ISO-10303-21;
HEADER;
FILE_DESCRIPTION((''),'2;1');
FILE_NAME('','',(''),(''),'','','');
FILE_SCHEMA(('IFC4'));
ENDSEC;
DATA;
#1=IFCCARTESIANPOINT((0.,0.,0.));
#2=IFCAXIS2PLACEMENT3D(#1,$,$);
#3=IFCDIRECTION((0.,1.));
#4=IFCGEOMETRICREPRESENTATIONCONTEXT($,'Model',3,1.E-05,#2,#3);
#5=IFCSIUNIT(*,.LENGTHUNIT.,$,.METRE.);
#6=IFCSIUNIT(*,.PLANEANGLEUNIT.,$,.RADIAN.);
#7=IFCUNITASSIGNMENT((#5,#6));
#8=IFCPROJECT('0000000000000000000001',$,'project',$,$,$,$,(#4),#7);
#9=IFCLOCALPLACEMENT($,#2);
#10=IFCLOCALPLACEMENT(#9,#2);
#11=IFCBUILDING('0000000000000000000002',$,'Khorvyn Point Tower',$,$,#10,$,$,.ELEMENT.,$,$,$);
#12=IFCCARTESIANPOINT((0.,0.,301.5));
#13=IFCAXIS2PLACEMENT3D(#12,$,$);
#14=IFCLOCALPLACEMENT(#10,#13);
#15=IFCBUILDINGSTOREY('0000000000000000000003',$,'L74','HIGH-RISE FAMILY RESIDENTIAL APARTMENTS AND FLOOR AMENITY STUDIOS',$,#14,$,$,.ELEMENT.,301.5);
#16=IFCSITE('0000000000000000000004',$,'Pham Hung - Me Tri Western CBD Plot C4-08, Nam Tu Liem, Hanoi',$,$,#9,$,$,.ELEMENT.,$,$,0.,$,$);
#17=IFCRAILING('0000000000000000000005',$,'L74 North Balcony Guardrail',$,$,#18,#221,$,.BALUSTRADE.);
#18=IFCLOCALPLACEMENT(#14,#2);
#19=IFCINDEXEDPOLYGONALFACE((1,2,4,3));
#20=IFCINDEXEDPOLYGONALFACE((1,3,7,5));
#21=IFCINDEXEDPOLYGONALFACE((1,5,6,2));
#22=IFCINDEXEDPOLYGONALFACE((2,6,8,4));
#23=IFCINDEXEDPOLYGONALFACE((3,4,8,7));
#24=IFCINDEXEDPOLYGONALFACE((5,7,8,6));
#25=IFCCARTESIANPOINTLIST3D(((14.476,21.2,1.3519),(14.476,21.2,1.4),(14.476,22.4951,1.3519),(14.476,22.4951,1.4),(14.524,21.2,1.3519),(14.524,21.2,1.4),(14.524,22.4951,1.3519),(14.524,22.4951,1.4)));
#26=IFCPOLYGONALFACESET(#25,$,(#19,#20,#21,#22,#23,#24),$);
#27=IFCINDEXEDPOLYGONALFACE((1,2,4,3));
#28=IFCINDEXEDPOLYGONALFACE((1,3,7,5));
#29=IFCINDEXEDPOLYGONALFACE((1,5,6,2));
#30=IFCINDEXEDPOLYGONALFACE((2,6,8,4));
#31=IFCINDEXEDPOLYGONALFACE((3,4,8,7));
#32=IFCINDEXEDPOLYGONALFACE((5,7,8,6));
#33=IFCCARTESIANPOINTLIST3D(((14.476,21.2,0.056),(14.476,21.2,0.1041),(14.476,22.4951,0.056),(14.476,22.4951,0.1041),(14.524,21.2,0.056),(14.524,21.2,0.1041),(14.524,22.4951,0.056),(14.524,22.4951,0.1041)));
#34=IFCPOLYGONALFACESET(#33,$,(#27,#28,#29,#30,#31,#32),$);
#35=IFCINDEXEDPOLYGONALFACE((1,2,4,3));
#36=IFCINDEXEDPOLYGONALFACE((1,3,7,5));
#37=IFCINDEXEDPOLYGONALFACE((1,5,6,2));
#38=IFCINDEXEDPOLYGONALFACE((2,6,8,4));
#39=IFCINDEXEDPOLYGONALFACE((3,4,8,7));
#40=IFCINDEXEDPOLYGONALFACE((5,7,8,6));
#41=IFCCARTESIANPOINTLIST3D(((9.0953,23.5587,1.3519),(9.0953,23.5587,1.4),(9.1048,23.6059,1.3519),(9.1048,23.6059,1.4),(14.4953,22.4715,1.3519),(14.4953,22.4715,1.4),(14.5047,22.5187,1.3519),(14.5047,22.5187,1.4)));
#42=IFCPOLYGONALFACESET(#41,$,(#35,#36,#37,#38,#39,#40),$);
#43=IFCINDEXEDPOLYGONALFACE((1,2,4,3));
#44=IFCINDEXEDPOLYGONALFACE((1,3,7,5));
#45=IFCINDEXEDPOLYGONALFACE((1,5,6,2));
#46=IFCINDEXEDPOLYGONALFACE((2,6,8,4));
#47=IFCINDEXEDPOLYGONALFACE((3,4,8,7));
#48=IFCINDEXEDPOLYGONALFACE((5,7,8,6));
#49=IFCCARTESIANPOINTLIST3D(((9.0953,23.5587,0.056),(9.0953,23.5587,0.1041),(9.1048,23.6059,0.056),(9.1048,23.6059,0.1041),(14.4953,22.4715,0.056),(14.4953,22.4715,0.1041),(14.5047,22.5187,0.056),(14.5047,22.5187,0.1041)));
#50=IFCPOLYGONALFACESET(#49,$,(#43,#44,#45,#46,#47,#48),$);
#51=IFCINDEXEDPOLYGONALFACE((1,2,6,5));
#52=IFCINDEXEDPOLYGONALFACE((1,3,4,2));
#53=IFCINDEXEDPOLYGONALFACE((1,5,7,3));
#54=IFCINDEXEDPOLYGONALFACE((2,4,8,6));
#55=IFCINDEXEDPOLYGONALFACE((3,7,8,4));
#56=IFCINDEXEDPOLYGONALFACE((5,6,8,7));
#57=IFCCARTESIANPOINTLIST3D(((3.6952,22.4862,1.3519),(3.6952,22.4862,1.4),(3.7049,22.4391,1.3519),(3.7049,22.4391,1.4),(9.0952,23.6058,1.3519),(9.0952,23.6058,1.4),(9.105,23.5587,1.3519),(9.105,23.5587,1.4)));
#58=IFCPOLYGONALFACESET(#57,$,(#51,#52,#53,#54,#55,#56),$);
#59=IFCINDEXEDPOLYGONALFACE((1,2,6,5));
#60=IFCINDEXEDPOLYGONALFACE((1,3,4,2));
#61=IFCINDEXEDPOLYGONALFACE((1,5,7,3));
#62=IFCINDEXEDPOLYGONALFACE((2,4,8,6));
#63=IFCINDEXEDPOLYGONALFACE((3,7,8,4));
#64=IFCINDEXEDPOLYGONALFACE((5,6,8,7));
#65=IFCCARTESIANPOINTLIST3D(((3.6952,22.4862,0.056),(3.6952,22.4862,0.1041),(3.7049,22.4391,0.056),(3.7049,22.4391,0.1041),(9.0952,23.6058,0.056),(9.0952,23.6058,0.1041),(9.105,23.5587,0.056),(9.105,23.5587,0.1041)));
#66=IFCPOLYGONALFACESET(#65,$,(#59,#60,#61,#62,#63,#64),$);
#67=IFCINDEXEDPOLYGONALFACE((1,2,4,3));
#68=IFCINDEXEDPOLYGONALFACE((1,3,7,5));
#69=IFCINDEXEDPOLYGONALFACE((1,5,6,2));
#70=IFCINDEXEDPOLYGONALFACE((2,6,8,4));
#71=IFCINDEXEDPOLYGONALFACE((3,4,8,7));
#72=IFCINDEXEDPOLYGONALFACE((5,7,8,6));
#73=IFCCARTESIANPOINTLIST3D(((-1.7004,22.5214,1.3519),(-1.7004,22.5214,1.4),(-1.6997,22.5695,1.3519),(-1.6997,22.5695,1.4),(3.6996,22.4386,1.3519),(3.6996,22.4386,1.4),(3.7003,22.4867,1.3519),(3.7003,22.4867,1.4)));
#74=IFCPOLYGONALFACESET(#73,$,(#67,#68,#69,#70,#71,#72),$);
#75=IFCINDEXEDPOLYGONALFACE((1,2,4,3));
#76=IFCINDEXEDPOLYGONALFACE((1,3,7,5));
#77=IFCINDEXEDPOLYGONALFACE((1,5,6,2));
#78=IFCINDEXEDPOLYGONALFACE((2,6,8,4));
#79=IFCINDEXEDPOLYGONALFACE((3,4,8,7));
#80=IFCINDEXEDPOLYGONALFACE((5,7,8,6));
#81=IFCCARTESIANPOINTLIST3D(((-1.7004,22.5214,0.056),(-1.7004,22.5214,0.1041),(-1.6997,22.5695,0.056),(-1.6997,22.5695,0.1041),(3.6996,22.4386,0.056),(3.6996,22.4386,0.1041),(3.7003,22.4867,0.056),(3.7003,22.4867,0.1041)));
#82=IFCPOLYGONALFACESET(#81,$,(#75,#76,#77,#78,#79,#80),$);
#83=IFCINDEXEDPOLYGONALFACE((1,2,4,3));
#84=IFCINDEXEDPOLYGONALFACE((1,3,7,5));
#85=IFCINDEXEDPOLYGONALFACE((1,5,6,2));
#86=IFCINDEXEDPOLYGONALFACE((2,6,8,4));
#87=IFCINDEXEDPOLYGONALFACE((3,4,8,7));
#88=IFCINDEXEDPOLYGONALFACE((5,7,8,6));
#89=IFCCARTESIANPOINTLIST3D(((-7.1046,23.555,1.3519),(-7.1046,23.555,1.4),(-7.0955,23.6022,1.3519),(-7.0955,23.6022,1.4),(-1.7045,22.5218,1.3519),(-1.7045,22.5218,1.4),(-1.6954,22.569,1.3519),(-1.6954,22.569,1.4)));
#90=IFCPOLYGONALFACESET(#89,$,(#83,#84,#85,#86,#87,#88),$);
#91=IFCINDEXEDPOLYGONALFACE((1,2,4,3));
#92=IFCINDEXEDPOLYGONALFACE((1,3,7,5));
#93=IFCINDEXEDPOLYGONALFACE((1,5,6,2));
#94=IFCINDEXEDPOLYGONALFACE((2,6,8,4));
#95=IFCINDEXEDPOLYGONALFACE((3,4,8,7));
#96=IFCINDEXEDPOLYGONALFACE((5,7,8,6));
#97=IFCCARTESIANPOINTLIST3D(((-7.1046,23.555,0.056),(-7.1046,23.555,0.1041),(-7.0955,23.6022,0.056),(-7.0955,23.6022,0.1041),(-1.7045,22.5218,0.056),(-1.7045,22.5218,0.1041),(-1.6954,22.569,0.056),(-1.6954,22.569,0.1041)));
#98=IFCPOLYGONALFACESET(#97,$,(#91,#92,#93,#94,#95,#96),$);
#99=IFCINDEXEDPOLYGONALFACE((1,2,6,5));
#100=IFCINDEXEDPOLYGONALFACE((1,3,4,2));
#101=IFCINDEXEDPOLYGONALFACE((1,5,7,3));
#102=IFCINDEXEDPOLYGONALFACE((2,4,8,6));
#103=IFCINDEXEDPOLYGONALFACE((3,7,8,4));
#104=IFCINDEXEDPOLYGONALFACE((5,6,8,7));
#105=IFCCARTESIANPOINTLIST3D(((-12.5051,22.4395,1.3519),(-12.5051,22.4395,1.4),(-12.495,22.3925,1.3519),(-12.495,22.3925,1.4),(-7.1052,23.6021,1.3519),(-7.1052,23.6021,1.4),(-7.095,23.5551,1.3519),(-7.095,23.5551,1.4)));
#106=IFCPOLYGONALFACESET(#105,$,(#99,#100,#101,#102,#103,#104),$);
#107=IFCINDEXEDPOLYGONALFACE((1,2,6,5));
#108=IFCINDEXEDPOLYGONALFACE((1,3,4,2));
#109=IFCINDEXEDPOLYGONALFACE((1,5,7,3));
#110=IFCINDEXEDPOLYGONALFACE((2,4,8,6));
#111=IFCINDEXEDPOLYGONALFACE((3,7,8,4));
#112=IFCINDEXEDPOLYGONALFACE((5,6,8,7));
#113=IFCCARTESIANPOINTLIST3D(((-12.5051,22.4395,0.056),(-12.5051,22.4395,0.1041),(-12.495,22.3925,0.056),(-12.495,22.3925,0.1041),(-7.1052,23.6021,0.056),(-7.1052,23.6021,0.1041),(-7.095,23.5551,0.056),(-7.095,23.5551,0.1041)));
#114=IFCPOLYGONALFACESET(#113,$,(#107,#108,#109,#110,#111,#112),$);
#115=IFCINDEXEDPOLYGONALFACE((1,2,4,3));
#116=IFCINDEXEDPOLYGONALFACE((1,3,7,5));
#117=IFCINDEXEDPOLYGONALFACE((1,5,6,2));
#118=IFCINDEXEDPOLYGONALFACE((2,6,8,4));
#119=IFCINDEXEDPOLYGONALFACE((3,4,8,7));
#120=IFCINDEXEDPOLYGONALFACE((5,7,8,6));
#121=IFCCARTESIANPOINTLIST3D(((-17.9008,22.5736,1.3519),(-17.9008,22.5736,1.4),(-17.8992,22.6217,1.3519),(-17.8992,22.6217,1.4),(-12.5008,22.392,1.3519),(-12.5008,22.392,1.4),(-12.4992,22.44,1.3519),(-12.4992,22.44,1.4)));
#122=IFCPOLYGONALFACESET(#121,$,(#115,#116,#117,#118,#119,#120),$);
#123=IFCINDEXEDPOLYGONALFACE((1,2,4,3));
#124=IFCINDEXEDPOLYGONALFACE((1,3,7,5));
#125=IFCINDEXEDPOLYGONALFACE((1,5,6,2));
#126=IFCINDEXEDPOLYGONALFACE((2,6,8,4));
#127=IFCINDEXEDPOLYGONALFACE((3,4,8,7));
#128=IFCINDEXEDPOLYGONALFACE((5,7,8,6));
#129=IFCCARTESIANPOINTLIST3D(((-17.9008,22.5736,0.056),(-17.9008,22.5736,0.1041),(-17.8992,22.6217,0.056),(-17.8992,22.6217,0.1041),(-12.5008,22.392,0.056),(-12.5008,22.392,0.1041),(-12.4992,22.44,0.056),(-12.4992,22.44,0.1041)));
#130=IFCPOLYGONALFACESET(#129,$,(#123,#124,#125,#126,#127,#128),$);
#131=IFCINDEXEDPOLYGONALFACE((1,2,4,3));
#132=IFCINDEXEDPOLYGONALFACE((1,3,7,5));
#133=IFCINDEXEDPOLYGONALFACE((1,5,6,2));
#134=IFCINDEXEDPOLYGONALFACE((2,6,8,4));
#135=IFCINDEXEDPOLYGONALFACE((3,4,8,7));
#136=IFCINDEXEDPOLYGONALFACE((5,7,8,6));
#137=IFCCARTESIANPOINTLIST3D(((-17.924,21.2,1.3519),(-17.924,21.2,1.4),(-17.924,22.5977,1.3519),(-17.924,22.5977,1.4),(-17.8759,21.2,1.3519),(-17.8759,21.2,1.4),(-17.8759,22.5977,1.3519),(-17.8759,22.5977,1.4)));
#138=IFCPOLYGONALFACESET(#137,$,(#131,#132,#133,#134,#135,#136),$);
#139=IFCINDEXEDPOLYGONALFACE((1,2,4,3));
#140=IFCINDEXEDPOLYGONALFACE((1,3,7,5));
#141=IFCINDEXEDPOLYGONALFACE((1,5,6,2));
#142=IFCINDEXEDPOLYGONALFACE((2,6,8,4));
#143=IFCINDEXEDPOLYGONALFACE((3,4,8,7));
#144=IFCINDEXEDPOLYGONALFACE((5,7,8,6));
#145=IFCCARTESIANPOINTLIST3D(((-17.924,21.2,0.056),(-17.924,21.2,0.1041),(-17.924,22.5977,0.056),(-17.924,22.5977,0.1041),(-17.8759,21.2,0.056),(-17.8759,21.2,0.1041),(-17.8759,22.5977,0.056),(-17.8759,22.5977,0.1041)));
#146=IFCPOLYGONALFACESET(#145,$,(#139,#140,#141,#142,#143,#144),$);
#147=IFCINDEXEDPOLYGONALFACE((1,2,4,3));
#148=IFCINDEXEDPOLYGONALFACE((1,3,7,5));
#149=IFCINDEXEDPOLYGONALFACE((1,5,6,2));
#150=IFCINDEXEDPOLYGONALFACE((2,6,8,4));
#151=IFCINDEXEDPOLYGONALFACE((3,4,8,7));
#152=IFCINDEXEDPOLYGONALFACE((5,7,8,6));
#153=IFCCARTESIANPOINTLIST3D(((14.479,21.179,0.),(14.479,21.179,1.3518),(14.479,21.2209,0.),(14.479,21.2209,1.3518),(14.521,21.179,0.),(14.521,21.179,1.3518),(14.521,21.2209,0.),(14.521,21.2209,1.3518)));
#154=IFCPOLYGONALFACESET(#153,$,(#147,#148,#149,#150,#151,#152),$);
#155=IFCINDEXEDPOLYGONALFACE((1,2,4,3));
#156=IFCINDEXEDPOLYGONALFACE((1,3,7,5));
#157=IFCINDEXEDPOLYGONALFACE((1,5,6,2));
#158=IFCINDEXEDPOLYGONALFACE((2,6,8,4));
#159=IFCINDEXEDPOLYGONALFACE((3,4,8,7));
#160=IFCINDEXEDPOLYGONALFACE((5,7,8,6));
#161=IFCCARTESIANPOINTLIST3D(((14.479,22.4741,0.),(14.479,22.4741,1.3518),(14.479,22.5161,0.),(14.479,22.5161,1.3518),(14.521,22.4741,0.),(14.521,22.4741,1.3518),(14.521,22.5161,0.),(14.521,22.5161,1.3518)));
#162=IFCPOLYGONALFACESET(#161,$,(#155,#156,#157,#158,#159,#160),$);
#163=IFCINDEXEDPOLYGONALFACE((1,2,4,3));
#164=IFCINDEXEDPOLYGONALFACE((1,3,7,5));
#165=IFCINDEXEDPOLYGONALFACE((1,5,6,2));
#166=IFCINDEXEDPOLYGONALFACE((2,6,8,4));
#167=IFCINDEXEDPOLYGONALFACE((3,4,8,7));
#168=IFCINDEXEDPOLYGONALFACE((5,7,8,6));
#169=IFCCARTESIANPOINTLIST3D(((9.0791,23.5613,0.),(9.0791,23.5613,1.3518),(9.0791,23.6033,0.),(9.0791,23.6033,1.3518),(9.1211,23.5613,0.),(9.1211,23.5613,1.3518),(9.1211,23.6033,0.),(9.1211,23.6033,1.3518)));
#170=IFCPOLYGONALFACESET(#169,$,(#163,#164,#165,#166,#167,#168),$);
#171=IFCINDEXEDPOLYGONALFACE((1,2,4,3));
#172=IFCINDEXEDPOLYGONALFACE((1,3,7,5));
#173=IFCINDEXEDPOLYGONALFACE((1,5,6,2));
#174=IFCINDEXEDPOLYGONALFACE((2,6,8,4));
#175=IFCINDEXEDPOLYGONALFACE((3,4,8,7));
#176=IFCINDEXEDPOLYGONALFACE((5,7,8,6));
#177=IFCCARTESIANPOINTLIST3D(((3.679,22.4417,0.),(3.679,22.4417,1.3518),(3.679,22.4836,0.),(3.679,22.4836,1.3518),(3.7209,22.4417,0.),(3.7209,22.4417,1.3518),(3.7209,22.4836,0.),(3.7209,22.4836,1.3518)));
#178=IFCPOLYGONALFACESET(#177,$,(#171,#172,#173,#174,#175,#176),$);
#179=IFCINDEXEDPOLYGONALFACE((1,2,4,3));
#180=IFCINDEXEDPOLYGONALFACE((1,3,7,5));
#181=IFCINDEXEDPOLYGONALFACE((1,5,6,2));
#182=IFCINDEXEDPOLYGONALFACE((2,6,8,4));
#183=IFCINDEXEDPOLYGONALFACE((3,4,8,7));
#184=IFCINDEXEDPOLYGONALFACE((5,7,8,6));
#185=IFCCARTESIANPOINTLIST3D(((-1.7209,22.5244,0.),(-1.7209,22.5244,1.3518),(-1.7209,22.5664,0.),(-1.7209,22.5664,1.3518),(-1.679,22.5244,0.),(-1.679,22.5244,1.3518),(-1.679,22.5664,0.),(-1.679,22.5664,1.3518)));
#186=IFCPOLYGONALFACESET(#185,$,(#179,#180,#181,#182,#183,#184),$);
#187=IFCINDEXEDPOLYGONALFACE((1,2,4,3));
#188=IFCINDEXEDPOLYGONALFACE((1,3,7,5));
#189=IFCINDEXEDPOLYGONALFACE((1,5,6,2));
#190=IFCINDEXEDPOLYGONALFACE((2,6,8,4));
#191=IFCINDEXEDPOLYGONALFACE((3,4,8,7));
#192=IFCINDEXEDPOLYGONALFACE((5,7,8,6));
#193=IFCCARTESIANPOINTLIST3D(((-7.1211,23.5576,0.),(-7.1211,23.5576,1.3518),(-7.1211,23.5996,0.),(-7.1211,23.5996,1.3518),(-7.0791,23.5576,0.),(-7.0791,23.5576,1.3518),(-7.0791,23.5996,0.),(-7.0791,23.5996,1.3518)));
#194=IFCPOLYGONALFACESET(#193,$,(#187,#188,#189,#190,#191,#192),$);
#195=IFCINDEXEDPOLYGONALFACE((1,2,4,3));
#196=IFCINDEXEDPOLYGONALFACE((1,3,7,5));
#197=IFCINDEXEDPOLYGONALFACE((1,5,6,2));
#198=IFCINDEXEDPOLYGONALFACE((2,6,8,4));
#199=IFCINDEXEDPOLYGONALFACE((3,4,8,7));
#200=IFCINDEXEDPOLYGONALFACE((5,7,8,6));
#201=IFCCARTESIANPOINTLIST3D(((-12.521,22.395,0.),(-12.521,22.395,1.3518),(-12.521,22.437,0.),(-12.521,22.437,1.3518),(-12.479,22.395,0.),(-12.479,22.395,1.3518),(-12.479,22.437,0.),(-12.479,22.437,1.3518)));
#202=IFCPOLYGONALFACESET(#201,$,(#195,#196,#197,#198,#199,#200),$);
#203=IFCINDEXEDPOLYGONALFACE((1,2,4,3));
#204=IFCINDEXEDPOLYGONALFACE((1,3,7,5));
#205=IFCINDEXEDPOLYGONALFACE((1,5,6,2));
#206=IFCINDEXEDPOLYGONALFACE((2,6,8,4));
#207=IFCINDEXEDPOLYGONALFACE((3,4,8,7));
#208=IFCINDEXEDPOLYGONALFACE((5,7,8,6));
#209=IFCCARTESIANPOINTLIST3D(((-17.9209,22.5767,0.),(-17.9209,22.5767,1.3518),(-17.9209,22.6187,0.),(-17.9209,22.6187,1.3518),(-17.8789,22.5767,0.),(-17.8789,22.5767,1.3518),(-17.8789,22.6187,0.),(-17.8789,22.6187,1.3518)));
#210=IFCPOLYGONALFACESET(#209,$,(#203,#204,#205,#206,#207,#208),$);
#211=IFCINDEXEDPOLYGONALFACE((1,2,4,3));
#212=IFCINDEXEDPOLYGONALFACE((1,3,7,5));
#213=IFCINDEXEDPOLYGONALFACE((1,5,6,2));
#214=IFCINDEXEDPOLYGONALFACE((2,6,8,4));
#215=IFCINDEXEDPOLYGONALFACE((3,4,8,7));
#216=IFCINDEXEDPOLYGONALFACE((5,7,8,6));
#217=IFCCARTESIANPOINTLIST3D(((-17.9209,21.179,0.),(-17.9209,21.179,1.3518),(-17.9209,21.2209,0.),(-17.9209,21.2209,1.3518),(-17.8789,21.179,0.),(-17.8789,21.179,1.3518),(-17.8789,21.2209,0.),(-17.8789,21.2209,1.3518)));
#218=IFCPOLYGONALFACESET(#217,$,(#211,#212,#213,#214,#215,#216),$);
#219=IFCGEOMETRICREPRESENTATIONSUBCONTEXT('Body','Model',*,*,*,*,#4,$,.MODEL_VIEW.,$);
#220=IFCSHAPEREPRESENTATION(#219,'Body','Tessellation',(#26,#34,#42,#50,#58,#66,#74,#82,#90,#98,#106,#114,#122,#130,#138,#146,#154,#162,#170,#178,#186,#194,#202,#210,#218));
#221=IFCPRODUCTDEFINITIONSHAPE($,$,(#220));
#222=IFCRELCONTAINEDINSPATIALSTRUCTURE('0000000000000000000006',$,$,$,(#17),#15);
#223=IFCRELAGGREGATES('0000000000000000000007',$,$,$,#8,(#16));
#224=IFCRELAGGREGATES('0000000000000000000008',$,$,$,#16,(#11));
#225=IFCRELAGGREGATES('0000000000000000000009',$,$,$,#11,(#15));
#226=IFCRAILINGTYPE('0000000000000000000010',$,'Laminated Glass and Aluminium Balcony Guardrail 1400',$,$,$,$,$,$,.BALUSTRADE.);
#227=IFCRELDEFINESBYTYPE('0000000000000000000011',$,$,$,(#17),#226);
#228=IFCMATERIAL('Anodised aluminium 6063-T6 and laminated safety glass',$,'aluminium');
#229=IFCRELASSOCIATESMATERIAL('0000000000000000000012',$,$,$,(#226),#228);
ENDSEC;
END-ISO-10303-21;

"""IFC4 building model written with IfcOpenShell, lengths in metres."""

from ifc_helpers import new_model, si_unit, direction, frame, origin, origin_2d, place, context, subcontext, project, spatial, rectangle, extrude, material, type_object, element, save


model = new_model("IFC4")

# Units and contexts
model_context = context("Model", 3, precision=1e-05, world=origin(), true_north=direction((0.0, 1.0)))
body_context = subcontext(model_context, "Body", "Model", "MODEL_VIEW")
ifc_project = project(units=[si_unit("LENGTHUNIT", "METRE"), si_unit("PLANEANGLEUNIT", "RADIAN")], contexts=[model_context])

# Site, building, storey
site_placement = place(None, origin())
site = spatial("IfcSite", under=ifc_project, at=site_placement, Name="Pham Hung - Me Tri Western CBD Plot C4-08, Nam Tu Liem, Hanoi", CompositionType="ELEMENT", RefElevation=0.0)
building_placement = place(site_placement, origin())
building = spatial("IfcBuilding", under=site, at=building_placement, Name="Khorvyn Point Tower", CompositionType="ELEMENT")
storey_placement = place(building_placement, frame((0.0, 0.0, 301.5)))
storey = spatial("IfcBuildingStorey", under=building, at=storey_placement, Name="L74", Description="HIGH-RISE FAMILY RESIDENTIAL APARTMENTS AND FLOOR AMENITY STUDIOS", CompositionType="ELEMENT", Elevation=301.5)

# Railing
ifc_material_1 = material(Name="Anodised aluminium 6063-T6 and laminated safety glass", Category="aluminium")
railing_type = type_object("IfcRailingType", Name="Laminated Glass and Aluminium Balcony Guardrail 1400", PredefinedType="BALUSTRADE", material=ifc_material_1)
railing_1_placement = place(storey_placement, frame((14.5, 21.2, 0.0)))
element("IfcRailing", 1, at=railing_1_placement, inside=storey, type_object=railing_type, Name="L74 North Balcony Guardrail", PredefinedType="BALUSTRADE", context=body_context, shape_type="SweptSolid", body=[
    extrude(rectangle(XDim=0.0481, YDim=0.0481, at=origin_2d()), frame((0.0, 0.0, 1.376), z_axis=(0.0, 1.0, 0.0), x_axis=(-1.0, 0.0, 0.0)), (0.0, 0.0, 1.0), 1.2952),
    extrude(rectangle(XDim=0.0481, YDim=0.0481, at=origin_2d()), frame((0.0, 0.0, 0.0801), z_axis=(0.0, 1.0, 0.0), x_axis=(-1.0, 0.0, 0.0)), (0.0, 0.0, 1.0), 1.2952),
    extrude(rectangle(XDim=0.0481, YDim=0.0481, at=origin_2d()), frame((0.0, 1.2952, 1.376), z_axis=(-0.980329, 0.197369, 0.0), x_axis=(-0.197369, -0.980329, 0.0)), (0.0, 0.0, 1.0), 5.5083),
    extrude(rectangle(XDim=0.0481, YDim=0.0481, at=origin_2d()), frame((0.0, 1.2952, 0.0801), z_axis=(-0.980329, 0.197369, 0.0), x_axis=(-0.197369, -0.980329, 0.0)), (0.0, 0.0, 1.0), 5.5083),
    extrude(rectangle(XDim=0.0481, YDim=0.0481, at=origin_2d()), frame((-5.3999, 2.3823, 1.376), z_axis=(-0.979176, -0.203015, 0.0), x_axis=(0.203015, -0.979176, 0.0)), (0.0, 0.0, 1.0), 5.5149),
    extrude(rectangle(XDim=0.0481, YDim=0.0481, at=origin_2d()), frame((-5.3999, 2.3823, 0.0801), z_axis=(-0.979176, -0.203015, 0.0), x_axis=(0.203015, -0.979176, 0.0)), (0.0, 0.0, 1.0), 5.5149),
    extrude(rectangle(XDim=0.0481, YDim=0.0481, at=origin_2d()), frame((-10.8, 1.2627, 1.376), z_axis=(-0.999883, 0.015325, 0.0), x_axis=(-0.015325, -0.999883, 0.0)), (0.0, 0.0, 1.0), 5.4006),
    extrude(rectangle(XDim=0.0481, YDim=0.0481, at=origin_2d()), frame((-10.8, 1.2627, 0.0801), z_axis=(-0.999883, 0.015325, 0.0), x_axis=(-0.015325, -0.999883, 0.0)), (0.0, 0.0, 1.0), 5.4006),
    extrude(rectangle(XDim=0.0481, YDim=0.0481, at=origin_2d()), frame((-16.2, 1.3455, 1.376), z_axis=(-0.982184, 0.18792, 0.0), x_axis=(-0.18792, -0.982184, 0.0)), (0.0, 0.0, 1.0), 5.498),
    extrude(rectangle(XDim=0.0481, YDim=0.0481, at=origin_2d()), frame((-16.2, 1.3455, 0.0801), z_axis=(-0.982184, 0.18792, 0.0), x_axis=(-0.18792, -0.982184, 0.0)), (0.0, 0.0, 1.0), 5.498),
    extrude(rectangle(XDim=0.0481, YDim=0.0481, at=origin_2d()), frame((-21.6001, 2.3787, 1.376), z_axis=(-0.977599, -0.210477, 0.0), x_axis=(0.210477, -0.977599, 0.0)), (0.0, 0.0, 1.0), 5.5237),
    extrude(rectangle(XDim=0.0481, YDim=0.0481, at=origin_2d()), frame((-21.6001, 2.3787, 0.0801), z_axis=(-0.977599, -0.210477, 0.0), x_axis=(0.210477, -0.977599, 0.0)), (0.0, 0.0, 1.0), 5.5237),
    extrude(rectangle(XDim=0.0481, YDim=0.0481, at=origin_2d()), frame((-27.0, 1.2161, 1.376), z_axis=(-0.999435, 0.033619, 0.0), x_axis=(-0.033619, -0.999435, 0.0)), (0.0, 0.0, 1.0), 5.4031),
    extrude(rectangle(XDim=0.0481, YDim=0.0481, at=origin_2d()), frame((-27.0, 1.2161, 0.0801), z_axis=(-0.999435, 0.033619, 0.0), x_axis=(-0.033619, -0.999435, 0.0)), (0.0, 0.0, 1.0), 5.4031),
    extrude(rectangle(XDim=0.0481, YDim=0.0481, at=origin_2d()), frame((-32.3999, 1.3977, 1.376), z_axis=(0.0, -1.0, 0.0), x_axis=(1.0, 0.0, 0.0)), (0.0, 0.0, 1.0), 1.3977),
    extrude(rectangle(XDim=0.0481, YDim=0.0481, at=origin_2d()), frame((-32.3999, 1.3977, 0.0801), z_axis=(0.0, -1.0, 0.0), x_axis=(1.0, 0.0, 0.0)), (0.0, 0.0, 1.0), 1.3977),
    extrude(rectangle(XDim=0.042, YDim=0.042, at=origin_2d()), origin(), (0.0, 0.0, 1.0), 1.3518),
    extrude(rectangle(XDim=0.042, YDim=0.042, at=origin_2d()), frame((0.0, 1.2952, 0.0)), (0.0, 0.0, 1.0), 1.3518),
    extrude(rectangle(XDim=0.042, YDim=0.042, at=origin_2d()), frame((-5.3999, 2.3823, 0.0)), (0.0, 0.0, 1.0), 1.3518),
    extrude(rectangle(XDim=0.042, YDim=0.042, at=origin_2d()), frame((-10.8, 1.2627, 0.0)), (0.0, 0.0, 1.0), 1.3518),
    extrude(rectangle(XDim=0.042, YDim=0.042, at=origin_2d()), frame((-16.2, 1.3455, 0.0)), (0.0, 0.0, 1.0), 1.3518),
    extrude(rectangle(XDim=0.042, YDim=0.042, at=origin_2d()), frame((-21.6001, 2.3787, 0.0)), (0.0, 0.0, 1.0), 1.3518),
    extrude(rectangle(XDim=0.042, YDim=0.042, at=origin_2d()), frame((-27.0, 1.2161, 0.0)), (0.0, 0.0, 1.0), 1.3518),
    extrude(rectangle(XDim=0.042, YDim=0.042, at=origin_2d()), frame((-32.3999, 1.3977, 0.0)), (0.0, 0.0, 1.0), 1.3518),
    extrude(rectangle(XDim=0.042, YDim=0.042, at=origin_2d()), frame((-32.3999, 0.0, 0.0)), (0.0, 0.0, 1.0), 1.3518),
])

save(model, "model.ifc")
